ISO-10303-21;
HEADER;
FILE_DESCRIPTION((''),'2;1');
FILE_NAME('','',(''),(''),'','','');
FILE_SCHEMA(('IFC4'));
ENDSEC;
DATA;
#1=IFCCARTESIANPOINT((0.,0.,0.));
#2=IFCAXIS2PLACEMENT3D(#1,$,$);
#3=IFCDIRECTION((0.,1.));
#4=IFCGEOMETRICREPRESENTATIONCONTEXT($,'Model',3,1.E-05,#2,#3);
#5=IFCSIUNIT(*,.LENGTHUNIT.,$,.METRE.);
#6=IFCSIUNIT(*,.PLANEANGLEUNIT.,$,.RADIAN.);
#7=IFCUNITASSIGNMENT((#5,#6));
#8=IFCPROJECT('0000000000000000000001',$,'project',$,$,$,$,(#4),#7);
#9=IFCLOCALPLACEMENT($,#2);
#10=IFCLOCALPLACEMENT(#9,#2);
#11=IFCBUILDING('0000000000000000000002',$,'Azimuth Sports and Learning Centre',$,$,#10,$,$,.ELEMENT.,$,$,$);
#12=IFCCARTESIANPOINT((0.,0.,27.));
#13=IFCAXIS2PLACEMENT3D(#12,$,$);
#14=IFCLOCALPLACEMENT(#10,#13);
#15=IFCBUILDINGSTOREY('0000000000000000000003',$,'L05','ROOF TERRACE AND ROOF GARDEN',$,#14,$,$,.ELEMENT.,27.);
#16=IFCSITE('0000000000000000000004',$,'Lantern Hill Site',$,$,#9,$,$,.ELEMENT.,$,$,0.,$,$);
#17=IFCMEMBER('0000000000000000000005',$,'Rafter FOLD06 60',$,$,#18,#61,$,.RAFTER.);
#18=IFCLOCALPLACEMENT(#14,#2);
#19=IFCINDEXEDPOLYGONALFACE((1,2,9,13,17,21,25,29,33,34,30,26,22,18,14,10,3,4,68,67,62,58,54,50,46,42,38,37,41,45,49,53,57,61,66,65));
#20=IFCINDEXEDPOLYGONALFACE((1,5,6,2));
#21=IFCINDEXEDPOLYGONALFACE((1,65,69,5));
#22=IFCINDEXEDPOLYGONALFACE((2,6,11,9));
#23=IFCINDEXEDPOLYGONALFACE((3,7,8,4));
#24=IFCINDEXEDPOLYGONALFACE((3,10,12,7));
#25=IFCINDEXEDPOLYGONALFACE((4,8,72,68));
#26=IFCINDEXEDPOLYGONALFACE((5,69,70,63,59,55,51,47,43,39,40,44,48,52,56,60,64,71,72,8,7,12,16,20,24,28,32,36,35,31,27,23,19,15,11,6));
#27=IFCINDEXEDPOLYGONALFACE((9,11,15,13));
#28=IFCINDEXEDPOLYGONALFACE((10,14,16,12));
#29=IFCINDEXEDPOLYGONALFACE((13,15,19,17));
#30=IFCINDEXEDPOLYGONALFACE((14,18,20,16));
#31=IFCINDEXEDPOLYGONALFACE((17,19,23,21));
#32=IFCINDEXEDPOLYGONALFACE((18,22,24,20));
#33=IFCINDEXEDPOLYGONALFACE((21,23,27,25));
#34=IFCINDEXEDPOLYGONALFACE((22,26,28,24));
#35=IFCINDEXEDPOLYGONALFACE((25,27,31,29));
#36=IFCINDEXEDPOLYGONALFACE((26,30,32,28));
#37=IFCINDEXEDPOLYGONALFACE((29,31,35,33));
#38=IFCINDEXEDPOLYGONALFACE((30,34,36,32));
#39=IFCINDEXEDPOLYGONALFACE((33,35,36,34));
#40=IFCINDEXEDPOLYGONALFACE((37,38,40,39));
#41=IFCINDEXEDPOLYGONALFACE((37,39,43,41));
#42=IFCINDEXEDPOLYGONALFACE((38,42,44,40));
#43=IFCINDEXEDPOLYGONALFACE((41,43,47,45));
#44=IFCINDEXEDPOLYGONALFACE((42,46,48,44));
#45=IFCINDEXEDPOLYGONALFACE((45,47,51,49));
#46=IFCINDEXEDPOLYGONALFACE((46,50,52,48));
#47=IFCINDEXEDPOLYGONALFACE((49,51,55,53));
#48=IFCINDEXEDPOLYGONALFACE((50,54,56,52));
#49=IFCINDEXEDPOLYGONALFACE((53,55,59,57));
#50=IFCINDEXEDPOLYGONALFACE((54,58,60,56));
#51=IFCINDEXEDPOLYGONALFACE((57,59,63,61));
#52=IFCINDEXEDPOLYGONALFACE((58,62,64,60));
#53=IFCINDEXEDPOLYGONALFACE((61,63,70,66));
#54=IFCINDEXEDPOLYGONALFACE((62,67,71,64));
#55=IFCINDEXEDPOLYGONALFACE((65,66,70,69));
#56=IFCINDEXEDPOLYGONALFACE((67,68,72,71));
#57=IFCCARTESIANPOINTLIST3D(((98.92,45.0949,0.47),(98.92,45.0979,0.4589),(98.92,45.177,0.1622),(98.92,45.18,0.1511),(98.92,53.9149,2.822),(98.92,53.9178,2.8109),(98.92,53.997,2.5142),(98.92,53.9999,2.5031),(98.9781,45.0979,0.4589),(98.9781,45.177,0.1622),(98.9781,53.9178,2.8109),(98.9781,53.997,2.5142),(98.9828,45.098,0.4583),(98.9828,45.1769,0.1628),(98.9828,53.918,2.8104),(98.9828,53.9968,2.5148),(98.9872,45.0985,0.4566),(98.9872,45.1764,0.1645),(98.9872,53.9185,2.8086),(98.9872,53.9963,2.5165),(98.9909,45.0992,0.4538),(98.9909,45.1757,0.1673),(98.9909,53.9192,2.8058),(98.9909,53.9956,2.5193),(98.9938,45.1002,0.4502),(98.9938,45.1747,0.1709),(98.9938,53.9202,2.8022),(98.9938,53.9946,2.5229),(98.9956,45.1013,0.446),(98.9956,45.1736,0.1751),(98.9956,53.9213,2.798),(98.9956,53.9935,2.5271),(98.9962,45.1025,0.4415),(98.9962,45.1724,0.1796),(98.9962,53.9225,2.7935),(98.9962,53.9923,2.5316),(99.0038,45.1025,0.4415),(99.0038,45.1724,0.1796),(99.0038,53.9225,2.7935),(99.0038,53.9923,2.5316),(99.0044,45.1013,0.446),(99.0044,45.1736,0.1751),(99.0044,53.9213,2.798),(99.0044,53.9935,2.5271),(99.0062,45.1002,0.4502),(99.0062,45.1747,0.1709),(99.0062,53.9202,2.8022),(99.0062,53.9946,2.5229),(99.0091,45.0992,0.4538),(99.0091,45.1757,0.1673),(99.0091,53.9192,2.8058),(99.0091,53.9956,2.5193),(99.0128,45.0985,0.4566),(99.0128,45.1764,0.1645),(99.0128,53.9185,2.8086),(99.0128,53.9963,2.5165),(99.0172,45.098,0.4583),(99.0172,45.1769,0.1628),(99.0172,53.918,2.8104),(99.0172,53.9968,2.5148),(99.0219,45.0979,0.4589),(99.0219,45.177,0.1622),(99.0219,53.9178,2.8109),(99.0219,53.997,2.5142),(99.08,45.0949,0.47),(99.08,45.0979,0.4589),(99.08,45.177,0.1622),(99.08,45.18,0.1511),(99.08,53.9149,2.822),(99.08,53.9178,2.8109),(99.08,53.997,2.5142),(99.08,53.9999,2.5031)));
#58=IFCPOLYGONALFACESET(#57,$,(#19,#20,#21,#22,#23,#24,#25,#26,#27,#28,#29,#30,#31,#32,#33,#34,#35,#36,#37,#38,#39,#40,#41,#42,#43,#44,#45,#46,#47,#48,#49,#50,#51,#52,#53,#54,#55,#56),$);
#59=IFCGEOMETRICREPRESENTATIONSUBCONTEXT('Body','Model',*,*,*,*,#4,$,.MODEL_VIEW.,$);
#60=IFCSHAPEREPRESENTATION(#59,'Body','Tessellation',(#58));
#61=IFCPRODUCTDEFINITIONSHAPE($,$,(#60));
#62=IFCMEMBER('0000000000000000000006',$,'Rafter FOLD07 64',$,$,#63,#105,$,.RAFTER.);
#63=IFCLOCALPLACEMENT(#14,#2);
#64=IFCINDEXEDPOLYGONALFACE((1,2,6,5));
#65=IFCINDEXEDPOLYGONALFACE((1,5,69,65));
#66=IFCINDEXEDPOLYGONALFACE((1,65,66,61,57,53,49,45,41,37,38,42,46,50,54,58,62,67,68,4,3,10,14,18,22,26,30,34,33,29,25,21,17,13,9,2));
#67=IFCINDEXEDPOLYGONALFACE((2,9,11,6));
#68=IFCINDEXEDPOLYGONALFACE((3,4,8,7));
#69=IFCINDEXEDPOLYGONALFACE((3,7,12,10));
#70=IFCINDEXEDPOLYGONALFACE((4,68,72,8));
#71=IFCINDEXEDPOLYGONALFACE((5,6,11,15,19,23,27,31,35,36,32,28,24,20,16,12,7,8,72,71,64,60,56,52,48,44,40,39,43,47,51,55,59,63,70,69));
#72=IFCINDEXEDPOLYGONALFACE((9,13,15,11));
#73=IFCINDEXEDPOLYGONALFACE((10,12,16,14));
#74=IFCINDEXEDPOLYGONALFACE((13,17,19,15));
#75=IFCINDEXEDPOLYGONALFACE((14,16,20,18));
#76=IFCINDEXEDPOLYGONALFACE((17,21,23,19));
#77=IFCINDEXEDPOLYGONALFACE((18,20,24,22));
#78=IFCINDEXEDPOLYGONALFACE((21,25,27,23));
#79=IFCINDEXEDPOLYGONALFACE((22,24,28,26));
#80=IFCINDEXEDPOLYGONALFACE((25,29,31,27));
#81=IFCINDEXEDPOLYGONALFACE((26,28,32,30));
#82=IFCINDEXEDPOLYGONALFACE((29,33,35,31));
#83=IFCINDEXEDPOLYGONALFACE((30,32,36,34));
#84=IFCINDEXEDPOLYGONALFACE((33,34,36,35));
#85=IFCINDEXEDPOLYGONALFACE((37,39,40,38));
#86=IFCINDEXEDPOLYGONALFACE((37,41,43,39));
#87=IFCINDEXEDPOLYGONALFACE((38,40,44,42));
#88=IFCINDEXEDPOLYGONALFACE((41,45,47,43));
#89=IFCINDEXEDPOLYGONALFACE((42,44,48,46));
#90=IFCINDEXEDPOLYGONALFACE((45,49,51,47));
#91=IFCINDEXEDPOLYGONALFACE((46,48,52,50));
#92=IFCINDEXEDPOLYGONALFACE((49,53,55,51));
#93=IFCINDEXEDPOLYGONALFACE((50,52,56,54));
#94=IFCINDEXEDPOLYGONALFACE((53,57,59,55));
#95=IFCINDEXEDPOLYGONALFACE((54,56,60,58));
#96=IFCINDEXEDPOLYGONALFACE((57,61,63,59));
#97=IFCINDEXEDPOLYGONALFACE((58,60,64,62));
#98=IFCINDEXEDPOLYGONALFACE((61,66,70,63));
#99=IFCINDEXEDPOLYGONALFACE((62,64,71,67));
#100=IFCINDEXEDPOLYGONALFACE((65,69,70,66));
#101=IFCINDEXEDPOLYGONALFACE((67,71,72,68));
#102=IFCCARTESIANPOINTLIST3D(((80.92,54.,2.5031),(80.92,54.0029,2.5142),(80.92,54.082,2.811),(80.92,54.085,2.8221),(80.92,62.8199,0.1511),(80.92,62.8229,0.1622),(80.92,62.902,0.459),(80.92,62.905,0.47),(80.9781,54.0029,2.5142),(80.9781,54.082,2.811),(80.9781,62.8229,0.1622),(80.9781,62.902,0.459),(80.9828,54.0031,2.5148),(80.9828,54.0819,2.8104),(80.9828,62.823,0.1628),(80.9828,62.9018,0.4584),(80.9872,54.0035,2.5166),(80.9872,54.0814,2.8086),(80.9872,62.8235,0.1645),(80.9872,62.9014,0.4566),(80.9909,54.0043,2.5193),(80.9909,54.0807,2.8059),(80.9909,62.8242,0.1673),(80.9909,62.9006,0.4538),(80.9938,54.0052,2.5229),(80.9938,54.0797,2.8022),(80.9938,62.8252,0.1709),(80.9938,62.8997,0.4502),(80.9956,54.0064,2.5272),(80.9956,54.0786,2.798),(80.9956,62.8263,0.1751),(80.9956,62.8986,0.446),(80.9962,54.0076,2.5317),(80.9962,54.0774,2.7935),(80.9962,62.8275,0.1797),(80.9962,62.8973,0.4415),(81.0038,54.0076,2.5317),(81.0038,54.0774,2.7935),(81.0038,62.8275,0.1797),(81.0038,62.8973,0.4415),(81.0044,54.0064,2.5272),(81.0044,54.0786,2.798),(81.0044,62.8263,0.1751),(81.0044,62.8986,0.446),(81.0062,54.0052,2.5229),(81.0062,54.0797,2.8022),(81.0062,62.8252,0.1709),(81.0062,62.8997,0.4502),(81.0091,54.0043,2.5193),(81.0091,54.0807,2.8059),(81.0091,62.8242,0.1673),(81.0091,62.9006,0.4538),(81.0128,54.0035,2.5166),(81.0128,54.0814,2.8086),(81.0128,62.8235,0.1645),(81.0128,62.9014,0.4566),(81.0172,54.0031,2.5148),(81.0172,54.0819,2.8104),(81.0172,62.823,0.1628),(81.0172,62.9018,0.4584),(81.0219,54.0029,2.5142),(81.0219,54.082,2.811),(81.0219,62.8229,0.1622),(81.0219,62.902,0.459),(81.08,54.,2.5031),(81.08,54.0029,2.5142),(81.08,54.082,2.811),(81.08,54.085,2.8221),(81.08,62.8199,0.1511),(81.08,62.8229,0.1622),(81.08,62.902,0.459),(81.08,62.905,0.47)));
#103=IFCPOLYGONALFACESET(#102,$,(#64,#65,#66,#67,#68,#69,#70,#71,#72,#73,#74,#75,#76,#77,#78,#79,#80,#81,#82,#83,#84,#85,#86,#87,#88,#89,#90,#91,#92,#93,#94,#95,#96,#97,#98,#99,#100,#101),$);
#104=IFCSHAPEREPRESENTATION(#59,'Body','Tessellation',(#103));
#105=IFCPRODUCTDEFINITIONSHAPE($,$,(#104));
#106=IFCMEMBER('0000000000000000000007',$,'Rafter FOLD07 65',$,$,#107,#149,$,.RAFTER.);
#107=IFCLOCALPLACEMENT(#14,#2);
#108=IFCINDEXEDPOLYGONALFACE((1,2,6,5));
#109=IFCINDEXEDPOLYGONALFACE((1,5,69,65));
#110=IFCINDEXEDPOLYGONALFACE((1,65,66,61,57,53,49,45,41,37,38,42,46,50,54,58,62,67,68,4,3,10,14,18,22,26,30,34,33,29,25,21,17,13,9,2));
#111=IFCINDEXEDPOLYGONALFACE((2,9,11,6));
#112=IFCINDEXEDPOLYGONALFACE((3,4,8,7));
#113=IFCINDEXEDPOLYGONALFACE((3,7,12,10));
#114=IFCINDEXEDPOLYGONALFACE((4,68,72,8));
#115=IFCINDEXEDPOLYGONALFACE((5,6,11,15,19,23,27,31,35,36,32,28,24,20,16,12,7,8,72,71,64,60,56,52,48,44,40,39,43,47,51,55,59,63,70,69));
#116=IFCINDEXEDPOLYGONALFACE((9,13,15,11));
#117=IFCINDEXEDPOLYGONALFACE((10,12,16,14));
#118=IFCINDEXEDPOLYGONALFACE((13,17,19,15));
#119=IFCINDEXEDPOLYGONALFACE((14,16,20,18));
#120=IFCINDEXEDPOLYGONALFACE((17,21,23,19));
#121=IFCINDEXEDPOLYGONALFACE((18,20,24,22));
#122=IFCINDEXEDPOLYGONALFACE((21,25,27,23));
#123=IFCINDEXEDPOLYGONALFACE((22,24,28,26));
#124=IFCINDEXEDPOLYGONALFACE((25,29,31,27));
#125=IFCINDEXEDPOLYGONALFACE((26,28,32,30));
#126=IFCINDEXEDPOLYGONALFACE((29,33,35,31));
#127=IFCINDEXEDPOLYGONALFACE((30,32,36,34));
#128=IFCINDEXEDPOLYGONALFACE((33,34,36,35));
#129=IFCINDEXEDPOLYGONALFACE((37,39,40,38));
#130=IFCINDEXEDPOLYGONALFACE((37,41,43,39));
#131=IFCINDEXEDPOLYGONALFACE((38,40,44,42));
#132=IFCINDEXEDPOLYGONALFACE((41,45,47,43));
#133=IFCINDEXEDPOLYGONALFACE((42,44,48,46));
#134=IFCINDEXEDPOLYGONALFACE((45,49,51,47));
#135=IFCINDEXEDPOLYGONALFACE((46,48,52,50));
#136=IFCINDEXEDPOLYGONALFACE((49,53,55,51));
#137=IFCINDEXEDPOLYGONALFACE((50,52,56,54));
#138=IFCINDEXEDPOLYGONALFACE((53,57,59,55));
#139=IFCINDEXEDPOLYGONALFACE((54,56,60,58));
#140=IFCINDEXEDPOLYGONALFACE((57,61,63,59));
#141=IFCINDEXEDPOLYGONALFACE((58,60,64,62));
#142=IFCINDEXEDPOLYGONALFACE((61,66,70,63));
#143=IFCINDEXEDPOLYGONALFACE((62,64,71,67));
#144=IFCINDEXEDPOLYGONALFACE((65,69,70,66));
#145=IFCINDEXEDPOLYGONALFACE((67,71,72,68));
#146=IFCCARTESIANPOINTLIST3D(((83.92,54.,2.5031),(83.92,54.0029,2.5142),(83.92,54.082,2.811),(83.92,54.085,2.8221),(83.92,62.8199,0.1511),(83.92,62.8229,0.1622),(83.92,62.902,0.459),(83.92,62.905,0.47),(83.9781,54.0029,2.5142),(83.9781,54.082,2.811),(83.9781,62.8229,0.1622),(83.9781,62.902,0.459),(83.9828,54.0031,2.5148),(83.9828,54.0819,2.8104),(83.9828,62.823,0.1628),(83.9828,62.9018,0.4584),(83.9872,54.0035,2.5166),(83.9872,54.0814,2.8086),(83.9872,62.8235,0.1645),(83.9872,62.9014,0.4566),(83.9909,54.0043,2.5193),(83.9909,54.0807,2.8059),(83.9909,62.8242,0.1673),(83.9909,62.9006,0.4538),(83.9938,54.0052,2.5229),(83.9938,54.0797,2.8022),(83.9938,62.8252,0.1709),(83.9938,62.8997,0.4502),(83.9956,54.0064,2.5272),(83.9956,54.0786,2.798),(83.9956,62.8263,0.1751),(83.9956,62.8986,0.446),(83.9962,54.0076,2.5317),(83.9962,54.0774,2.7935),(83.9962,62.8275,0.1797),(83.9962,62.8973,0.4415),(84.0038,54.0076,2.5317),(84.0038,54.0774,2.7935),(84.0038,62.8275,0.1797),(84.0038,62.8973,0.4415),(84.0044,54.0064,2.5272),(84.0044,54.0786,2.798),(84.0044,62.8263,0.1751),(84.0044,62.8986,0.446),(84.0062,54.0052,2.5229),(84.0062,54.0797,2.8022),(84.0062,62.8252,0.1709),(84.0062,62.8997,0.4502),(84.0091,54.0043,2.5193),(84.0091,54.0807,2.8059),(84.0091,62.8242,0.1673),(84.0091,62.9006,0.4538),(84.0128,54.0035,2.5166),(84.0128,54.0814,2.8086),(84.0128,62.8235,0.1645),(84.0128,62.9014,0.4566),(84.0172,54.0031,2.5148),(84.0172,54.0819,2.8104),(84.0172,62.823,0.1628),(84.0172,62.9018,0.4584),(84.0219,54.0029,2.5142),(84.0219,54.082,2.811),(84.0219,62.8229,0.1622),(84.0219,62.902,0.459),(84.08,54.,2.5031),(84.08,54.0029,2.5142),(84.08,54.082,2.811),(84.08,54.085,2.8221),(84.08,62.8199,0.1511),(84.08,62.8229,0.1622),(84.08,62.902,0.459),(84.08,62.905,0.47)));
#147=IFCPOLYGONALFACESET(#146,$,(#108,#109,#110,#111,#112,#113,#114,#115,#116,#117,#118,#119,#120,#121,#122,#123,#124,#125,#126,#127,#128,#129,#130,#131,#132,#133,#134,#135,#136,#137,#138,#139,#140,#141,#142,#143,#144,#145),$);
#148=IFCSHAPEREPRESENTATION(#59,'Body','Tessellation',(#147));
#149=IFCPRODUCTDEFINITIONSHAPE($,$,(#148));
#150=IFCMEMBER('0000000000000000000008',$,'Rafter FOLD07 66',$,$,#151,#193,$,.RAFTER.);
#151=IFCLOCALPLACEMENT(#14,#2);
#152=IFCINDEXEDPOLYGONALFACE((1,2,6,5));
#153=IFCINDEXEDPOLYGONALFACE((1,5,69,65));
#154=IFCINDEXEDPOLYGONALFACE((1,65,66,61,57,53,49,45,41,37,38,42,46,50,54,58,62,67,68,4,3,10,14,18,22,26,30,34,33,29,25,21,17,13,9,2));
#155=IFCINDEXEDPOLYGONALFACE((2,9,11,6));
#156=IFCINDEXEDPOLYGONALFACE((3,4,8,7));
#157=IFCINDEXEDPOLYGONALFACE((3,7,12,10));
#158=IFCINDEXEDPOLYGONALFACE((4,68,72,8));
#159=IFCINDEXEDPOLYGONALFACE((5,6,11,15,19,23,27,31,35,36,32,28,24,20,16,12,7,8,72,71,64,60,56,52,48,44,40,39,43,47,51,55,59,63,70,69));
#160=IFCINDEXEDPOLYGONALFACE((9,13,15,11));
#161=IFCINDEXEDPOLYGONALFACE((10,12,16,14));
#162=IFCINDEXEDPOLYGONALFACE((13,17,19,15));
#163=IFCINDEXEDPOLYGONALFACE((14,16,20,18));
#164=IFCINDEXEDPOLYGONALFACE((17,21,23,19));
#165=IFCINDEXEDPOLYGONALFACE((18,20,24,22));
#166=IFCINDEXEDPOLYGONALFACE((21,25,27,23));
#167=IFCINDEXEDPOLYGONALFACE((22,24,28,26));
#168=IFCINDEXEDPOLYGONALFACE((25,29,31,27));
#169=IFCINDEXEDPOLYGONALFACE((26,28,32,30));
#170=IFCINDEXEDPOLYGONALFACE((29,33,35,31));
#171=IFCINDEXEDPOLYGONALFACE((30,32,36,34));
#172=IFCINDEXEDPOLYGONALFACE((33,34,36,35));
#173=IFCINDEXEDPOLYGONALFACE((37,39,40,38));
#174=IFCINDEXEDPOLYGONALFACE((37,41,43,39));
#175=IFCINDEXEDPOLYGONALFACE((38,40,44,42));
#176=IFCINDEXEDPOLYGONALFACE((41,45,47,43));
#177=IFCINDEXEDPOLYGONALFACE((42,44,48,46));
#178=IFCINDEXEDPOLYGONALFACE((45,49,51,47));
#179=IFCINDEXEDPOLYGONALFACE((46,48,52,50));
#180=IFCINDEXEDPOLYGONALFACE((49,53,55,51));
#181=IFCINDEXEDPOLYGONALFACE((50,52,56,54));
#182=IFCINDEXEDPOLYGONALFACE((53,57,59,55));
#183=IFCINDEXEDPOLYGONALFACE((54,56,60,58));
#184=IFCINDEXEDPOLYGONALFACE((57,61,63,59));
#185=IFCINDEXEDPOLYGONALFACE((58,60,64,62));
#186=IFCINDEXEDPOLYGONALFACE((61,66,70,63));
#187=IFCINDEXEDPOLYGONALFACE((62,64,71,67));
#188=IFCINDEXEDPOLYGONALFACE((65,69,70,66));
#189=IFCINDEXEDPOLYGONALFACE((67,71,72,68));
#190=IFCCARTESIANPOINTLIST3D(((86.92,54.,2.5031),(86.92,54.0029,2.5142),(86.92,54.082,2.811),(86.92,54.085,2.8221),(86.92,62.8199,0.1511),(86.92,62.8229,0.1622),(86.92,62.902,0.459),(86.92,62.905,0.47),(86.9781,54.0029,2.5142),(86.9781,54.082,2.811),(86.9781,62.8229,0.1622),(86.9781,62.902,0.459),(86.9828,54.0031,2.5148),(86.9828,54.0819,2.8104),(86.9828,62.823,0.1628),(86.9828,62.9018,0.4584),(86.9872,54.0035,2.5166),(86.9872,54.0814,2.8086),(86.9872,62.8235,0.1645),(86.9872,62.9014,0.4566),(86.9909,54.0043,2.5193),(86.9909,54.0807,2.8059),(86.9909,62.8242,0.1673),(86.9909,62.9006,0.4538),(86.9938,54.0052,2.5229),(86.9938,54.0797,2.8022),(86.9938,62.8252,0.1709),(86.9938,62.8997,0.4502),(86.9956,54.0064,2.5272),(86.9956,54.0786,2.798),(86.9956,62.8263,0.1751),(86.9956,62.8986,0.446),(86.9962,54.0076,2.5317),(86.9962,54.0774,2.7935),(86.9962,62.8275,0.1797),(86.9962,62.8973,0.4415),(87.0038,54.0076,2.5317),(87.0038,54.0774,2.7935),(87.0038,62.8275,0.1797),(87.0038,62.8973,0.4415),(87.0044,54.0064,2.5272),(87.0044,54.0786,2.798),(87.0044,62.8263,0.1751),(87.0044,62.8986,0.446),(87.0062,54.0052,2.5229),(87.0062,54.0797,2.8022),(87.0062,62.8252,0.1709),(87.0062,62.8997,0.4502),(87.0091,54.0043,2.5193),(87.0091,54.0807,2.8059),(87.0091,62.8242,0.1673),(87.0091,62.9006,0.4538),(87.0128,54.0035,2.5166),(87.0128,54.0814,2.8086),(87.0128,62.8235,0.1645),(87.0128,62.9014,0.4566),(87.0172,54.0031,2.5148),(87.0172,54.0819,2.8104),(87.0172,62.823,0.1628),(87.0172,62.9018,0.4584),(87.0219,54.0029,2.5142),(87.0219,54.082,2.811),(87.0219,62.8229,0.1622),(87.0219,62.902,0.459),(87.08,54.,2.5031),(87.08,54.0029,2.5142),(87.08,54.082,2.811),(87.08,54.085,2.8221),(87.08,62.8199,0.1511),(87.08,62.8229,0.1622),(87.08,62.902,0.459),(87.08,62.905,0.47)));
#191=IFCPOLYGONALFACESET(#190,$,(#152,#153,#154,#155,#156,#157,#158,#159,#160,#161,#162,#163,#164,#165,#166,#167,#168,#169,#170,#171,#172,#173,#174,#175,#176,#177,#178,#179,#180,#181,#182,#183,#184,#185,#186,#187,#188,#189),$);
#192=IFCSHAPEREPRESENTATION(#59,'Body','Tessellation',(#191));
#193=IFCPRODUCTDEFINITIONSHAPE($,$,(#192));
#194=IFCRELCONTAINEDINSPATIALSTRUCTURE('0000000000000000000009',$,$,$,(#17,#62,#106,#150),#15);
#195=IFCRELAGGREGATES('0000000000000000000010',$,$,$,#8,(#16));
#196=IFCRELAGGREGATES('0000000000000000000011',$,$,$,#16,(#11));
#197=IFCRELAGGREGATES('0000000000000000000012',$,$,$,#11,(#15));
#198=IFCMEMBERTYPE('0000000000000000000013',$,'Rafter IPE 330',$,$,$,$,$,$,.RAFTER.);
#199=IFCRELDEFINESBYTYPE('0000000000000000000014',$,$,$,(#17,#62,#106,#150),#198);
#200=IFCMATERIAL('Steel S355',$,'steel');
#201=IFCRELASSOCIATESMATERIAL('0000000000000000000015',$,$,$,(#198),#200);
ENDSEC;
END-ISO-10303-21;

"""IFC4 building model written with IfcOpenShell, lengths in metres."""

from ifc_helpers import new_model, si_unit, direction, frame, origin, origin_2d, place, context, subcontext, project, spatial, i_section, extrude, material, material_profile, profile_set, type_object, element, save


model = new_model("IFC4")

# Units and contexts
model_context = context("Model", 3, precision=1e-05, world=origin(), true_north=direction((0.0, 1.0)))
body_context = subcontext(model_context, "Body", "Model", "MODEL_VIEW")
ifc_project = project(units=[si_unit("LENGTHUNIT", "METRE"), si_unit("PLANEANGLEUNIT", "RADIAN")], contexts=[model_context])

# Site, building, storey
site_placement = place(None, origin())
site = spatial("IfcSite", under=ifc_project, at=site_placement, Name="Lantern Hill Site", CompositionType="ELEMENT", RefElevation=0.0)
building_placement = place(site_placement, origin())
building = spatial("IfcBuilding", under=site, at=building_placement, Name="Azimuth Sports and Learning Centre", CompositionType="ELEMENT")
storey_placement = place(building_placement, frame((0.0, 0.0, 27.0)))
storey = spatial("IfcBuildingStorey", under=building, at=storey_placement, Name="L05", Description="ROOF TERRACE AND ROOF GARDEN", CompositionType="ELEMENT", Elevation=27.0)

# Members
ifc_material_1 = material(Name="Steel S355", Category="steel")
ifc_material_profile_1 = material_profile(ifc_material_1, i_section(OverallWidth=0.1599, OverallDepth=0.3301, WebThickness=0.0076, FlangeThickness=0.0115, FilletRadius=0.0181, at=origin_2d()), Name="IPE 330")
ifc_profile_set_1 = profile_set([ifc_material_profile_1], Name="Steel S355")
member_type_1 = type_object("IfcMemberType", Name="Rafter IPE 330", PredefinedType="RAFTER", material=ifc_profile_set_1)
for number, where, z_axis, x_axis, name in (
    (1, (99.0, 45.1375, 0.3105), (0.0, 0.966234, 0.257666), (-1.0, 0.0, 0.0), "Rafter FOLD06 60"),
    (2, (81.0, 54.0425, 2.6626), (0.0, 0.966234, -0.257666), (-1.0, 0.0, 0.0), "Rafter FOLD07 64"),
    (3, (84.0, 54.0425, 2.6626), (0.0, 0.966234, -0.257666), (-1.0, 0.0, 0.0), "Rafter FOLD07 65"),
    (4, (87.0, 54.0425, 2.6626), (0.0, 0.966234, -0.257666), (-1.0, 0.0, 0.0), "Rafter FOLD07 66"),
):
    element("IfcMember", number, at=place(storey_placement, frame(where, z_axis=z_axis, x_axis=x_axis)), inside=storey, type_object=member_type_1, Name=name, PredefinedType="RAFTER", context=body_context, shape_type="SweptSolid", body=[
        extrude(i_section(OverallWidth=0.1599, OverallDepth=0.3301, WebThickness=0.0076, FlangeThickness=0.0115, FilletRadius=0.0181, at=origin_2d()), origin(), (0.0, 0.0, 1.0), 9.1282),
    ])

save(model, "model.ifc")
